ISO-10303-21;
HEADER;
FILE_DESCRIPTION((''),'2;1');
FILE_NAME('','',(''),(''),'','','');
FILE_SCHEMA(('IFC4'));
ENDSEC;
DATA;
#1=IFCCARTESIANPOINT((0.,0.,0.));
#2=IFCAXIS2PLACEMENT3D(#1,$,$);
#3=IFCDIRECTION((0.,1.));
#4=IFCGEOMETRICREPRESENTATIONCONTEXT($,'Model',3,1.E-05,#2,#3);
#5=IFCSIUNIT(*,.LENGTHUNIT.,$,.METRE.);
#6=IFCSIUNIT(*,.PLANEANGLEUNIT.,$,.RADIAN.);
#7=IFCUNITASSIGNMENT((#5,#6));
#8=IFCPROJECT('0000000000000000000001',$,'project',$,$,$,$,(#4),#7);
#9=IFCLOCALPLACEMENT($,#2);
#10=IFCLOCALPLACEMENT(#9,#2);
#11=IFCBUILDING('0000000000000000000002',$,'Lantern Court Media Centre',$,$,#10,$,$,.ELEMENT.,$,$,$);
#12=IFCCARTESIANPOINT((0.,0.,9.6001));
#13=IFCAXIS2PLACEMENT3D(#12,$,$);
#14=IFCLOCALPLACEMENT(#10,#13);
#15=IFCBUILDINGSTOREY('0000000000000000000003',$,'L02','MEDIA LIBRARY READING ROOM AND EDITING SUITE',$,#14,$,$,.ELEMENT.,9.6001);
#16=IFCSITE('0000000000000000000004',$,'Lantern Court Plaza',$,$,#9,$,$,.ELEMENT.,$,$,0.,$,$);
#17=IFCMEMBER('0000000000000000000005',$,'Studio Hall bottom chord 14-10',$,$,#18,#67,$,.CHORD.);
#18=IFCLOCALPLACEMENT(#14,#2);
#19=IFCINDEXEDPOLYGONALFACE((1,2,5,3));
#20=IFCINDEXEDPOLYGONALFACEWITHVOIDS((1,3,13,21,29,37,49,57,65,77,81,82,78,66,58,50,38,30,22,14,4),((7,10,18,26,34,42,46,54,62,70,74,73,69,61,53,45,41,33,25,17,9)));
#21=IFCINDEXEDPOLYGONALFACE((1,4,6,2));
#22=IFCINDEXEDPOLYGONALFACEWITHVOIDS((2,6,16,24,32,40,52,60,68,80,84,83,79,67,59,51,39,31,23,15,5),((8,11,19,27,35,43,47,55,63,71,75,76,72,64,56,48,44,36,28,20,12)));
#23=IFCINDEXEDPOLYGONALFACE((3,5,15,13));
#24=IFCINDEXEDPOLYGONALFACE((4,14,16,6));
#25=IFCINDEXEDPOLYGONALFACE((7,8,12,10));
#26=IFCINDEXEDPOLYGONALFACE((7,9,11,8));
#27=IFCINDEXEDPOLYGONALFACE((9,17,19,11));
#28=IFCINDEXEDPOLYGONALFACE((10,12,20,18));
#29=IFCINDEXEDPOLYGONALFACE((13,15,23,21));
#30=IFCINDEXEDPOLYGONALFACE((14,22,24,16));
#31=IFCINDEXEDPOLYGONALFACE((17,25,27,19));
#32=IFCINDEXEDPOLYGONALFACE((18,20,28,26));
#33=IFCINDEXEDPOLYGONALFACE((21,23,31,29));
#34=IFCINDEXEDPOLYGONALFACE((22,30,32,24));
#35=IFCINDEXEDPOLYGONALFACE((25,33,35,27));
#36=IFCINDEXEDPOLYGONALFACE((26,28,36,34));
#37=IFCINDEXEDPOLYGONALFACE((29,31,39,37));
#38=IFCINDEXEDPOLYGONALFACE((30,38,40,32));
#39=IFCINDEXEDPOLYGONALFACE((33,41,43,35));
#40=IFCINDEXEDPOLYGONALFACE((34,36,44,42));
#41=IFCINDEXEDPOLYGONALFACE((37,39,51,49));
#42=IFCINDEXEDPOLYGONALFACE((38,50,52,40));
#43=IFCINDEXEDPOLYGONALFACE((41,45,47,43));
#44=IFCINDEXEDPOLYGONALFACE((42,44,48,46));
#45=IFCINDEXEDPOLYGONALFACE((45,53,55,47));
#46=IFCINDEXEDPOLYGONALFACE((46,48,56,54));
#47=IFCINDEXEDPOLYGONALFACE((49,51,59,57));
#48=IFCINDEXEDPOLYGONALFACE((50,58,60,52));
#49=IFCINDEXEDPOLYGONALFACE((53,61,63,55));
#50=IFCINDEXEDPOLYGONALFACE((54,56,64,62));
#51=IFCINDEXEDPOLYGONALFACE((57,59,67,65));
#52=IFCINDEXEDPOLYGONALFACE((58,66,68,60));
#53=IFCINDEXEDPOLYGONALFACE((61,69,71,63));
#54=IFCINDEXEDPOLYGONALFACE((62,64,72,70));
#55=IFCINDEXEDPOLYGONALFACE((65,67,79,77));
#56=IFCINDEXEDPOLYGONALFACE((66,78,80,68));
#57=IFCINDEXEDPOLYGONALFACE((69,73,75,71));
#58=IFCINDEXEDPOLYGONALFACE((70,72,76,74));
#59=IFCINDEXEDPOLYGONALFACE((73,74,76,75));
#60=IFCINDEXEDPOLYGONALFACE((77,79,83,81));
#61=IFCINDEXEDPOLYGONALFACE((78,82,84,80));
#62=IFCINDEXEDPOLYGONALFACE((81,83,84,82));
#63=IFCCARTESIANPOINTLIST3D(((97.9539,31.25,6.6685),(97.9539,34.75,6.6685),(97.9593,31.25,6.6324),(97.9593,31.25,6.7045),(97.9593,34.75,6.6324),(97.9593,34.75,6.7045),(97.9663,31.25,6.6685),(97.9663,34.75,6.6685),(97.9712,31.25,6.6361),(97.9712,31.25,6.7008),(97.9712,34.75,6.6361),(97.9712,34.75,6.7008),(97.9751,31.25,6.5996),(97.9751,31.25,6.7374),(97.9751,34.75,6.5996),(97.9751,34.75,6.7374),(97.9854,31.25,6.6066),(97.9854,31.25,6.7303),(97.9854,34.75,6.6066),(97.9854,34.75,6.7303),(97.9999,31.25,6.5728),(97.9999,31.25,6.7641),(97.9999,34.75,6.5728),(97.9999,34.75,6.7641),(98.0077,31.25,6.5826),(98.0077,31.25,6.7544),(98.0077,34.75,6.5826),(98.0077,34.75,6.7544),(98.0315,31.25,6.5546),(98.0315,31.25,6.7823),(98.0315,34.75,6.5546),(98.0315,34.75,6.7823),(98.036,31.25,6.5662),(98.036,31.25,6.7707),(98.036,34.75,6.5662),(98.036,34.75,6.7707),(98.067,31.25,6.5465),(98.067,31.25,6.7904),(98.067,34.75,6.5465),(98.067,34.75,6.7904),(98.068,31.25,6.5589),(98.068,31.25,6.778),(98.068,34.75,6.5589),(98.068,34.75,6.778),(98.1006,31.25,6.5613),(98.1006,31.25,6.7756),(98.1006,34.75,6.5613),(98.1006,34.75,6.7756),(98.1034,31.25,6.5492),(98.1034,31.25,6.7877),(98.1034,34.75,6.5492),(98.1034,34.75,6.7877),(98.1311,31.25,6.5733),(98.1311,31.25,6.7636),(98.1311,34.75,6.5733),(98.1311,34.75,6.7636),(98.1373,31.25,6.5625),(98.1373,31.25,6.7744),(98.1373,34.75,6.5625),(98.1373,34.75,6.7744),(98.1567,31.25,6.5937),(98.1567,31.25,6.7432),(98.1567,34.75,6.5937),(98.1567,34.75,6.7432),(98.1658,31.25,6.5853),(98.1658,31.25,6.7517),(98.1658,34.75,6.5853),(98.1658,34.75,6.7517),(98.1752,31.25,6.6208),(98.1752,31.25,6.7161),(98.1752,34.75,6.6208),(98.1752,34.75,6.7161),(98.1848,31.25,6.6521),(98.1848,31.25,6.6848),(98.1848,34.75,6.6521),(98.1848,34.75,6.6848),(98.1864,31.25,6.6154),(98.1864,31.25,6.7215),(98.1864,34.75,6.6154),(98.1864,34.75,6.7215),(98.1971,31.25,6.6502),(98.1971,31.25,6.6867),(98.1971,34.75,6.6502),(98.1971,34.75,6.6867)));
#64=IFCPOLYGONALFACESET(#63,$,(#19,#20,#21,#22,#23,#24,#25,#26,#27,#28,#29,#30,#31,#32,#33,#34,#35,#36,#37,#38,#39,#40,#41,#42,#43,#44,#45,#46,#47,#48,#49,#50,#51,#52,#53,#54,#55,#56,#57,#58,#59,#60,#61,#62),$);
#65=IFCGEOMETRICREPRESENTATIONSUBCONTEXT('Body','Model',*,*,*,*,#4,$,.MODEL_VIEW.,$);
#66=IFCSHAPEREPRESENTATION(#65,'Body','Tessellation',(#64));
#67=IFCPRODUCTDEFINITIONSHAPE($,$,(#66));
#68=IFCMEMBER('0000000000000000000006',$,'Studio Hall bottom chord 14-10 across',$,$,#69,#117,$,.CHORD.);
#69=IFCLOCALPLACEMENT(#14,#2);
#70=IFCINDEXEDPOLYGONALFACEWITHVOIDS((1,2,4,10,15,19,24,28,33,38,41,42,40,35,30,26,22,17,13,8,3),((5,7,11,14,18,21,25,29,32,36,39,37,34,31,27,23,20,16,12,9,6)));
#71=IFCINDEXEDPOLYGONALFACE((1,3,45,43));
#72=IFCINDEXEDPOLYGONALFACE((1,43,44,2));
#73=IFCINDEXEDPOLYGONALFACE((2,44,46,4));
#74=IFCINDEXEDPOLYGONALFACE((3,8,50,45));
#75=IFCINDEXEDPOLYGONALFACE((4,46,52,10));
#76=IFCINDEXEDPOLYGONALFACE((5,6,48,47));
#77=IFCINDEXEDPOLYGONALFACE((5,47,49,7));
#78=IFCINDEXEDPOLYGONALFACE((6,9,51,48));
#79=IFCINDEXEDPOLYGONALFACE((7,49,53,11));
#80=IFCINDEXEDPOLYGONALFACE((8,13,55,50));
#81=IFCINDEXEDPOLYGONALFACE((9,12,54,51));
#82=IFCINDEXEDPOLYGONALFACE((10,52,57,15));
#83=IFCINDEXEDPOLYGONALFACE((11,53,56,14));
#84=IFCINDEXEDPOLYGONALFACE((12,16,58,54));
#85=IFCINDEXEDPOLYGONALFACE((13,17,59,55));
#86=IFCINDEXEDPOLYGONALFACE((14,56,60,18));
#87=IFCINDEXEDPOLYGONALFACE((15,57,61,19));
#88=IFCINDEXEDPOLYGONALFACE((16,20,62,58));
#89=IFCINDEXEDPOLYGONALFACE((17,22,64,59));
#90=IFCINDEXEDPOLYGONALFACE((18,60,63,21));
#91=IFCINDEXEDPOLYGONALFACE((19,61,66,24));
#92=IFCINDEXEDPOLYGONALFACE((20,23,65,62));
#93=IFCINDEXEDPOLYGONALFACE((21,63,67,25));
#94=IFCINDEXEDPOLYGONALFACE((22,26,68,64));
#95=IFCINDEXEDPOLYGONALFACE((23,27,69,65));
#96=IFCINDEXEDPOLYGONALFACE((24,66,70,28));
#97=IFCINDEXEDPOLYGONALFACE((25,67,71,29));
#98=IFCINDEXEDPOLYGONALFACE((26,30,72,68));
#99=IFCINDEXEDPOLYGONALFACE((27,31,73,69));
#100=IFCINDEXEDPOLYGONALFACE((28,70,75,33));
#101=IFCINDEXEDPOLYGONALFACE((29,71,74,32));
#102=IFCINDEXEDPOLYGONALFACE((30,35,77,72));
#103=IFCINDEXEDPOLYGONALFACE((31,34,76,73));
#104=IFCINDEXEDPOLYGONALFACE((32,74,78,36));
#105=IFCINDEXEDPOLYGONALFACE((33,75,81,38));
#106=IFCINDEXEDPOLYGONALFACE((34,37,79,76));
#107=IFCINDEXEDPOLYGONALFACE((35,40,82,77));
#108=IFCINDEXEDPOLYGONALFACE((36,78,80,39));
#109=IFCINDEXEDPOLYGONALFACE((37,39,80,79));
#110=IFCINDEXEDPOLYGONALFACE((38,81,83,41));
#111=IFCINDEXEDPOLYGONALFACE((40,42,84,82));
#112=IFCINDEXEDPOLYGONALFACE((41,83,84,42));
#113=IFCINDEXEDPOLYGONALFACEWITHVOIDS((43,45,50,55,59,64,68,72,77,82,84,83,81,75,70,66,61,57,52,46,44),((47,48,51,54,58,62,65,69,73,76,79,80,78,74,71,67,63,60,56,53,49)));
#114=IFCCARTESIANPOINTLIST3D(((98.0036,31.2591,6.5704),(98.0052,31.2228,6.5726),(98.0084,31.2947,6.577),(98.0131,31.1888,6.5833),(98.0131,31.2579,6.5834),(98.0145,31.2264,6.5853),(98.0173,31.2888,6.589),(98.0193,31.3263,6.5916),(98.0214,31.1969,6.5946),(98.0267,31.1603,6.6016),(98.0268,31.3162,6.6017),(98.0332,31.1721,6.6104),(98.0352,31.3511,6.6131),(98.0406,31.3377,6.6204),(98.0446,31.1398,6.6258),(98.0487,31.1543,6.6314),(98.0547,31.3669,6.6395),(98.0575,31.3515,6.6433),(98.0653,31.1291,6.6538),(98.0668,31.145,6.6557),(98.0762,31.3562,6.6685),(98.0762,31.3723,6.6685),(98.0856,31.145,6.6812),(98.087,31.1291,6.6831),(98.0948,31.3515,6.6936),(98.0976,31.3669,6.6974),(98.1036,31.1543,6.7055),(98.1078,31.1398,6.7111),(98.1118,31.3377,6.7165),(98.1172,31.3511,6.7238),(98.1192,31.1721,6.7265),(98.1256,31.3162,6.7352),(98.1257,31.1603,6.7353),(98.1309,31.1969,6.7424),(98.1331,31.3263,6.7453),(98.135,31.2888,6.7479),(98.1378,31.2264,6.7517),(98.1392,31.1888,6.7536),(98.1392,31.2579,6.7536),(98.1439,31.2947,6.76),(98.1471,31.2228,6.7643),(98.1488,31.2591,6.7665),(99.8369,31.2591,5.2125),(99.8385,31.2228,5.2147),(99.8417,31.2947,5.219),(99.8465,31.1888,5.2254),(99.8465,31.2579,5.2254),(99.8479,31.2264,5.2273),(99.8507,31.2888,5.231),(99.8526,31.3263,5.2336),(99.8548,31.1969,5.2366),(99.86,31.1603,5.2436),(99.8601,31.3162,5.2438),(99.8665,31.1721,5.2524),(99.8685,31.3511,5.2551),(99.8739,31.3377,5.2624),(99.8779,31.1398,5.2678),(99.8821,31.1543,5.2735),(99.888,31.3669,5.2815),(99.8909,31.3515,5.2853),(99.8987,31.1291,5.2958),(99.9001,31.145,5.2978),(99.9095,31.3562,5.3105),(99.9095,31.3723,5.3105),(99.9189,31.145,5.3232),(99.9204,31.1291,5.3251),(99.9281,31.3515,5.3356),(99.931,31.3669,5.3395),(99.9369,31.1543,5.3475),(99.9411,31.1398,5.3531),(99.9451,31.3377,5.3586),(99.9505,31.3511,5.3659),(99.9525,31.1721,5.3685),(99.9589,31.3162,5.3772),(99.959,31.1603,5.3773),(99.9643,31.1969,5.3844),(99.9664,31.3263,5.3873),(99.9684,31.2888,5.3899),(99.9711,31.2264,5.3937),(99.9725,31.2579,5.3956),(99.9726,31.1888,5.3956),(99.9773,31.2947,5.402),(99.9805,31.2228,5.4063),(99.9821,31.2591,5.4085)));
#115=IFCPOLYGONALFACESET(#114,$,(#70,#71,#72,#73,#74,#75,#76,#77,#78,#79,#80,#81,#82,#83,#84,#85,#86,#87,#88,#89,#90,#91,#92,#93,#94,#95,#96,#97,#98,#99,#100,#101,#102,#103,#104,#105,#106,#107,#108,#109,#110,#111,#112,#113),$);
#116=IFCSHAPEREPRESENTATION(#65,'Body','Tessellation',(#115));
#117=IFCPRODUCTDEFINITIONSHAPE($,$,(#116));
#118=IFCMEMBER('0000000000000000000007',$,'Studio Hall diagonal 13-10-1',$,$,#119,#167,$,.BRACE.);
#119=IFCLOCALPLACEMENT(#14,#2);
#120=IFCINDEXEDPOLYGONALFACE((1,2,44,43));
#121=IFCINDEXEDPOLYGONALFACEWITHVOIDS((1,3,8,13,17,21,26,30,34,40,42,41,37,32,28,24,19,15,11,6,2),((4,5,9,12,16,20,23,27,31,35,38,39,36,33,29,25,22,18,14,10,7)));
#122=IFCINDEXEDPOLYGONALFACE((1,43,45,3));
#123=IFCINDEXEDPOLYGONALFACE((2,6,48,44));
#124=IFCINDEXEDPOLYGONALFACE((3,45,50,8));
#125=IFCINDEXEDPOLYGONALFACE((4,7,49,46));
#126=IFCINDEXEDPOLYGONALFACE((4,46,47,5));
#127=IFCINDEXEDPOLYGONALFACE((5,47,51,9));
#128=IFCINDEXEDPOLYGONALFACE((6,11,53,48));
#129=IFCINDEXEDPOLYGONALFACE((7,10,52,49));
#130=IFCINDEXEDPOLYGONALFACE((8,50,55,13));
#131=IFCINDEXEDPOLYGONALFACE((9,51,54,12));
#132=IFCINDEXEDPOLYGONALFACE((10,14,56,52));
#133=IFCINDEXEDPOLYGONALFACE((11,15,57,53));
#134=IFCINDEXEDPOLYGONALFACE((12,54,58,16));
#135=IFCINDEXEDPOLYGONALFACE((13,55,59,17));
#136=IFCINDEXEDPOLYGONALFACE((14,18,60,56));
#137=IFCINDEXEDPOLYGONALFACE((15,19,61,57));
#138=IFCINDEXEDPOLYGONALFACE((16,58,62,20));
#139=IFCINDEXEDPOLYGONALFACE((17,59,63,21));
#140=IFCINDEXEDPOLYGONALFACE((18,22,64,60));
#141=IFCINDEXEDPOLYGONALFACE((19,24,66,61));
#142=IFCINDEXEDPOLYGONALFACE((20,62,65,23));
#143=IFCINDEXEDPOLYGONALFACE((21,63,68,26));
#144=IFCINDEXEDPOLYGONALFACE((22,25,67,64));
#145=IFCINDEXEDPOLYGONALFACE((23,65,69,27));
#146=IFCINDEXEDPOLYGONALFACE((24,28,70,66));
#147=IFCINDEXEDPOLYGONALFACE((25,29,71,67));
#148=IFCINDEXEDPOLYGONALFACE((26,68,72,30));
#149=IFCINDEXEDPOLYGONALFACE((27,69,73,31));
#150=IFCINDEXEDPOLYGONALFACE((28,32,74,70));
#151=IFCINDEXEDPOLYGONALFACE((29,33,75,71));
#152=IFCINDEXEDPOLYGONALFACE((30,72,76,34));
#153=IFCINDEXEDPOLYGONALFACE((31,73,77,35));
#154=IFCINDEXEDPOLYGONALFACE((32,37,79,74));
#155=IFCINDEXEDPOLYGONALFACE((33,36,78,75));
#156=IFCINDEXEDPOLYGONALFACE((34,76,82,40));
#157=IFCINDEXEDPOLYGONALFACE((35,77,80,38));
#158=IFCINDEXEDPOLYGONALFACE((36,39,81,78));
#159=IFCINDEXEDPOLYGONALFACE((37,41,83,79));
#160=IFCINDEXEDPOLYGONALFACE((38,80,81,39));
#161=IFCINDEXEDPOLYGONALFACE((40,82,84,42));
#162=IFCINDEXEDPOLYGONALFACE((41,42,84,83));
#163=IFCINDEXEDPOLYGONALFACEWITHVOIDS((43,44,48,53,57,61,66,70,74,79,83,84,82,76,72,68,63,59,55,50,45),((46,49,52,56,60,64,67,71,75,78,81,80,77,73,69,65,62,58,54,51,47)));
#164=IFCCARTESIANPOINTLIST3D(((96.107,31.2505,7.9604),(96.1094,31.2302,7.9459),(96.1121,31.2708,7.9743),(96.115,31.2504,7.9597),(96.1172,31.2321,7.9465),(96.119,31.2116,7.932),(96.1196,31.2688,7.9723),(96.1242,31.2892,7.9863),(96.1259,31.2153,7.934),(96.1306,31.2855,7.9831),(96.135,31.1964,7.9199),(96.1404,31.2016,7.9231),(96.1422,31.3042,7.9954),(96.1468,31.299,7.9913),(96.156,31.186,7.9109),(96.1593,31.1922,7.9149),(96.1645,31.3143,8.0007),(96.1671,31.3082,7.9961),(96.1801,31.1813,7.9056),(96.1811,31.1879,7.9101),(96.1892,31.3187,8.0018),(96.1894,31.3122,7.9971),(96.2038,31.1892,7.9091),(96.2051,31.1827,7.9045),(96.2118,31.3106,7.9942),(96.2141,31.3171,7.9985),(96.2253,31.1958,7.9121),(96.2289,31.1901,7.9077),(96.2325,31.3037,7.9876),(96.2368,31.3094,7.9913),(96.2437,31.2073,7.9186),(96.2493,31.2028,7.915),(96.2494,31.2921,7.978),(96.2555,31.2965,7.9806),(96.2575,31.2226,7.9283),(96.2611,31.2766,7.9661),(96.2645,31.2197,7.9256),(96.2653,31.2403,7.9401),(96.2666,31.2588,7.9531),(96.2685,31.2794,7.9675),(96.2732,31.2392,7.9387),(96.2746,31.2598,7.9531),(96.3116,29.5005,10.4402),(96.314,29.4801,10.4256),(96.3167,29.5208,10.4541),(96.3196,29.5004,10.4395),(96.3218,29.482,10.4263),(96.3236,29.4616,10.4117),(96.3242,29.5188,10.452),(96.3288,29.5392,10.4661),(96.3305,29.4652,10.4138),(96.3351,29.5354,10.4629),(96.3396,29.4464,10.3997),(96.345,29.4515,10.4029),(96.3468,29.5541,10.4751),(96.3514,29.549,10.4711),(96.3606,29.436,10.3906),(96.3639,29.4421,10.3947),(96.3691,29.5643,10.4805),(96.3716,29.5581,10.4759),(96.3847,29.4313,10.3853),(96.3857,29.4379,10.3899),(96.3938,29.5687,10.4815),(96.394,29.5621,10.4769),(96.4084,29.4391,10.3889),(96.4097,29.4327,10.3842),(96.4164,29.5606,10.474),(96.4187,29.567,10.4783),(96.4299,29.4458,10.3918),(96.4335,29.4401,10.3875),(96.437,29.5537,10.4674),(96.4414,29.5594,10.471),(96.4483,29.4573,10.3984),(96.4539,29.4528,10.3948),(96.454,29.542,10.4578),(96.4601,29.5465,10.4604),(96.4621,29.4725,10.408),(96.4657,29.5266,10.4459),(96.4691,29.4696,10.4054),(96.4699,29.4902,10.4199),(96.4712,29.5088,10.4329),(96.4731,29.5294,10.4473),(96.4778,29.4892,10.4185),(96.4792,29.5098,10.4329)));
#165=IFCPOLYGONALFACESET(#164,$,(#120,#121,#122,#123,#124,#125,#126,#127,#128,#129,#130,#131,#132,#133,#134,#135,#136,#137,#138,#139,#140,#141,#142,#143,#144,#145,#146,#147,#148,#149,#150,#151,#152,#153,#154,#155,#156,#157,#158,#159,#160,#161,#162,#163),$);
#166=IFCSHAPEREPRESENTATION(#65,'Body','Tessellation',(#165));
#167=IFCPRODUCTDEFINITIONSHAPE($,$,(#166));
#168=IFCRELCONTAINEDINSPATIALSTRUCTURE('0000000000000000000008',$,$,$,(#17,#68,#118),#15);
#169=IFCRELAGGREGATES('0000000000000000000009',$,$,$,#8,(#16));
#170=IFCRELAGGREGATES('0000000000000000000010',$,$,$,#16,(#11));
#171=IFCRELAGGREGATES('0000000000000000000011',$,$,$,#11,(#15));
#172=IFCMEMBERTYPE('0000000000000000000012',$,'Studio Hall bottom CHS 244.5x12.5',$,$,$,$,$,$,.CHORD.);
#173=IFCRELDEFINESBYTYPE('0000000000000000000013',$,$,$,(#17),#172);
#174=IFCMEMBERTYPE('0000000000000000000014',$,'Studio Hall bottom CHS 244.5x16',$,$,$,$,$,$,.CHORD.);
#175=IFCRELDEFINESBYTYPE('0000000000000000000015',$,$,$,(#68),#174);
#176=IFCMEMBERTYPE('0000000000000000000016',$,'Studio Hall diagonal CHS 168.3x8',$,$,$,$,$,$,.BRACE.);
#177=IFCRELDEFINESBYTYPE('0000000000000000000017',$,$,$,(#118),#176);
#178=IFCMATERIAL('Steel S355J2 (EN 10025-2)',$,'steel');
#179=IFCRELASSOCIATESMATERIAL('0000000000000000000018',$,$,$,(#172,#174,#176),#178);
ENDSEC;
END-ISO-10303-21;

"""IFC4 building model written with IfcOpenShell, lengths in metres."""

from ifc_helpers import new_model, si_unit, direction, frame, origin, origin_2d, place, context, subcontext, project, spatial, hollow_circle, extrude, material, material_profile, profile_set, type_object, element, save


model = new_model("IFC4")

# Units and contexts
model_context = context("Model", 3, precision=1e-05, world=origin(), true_north=direction((0.0, 1.0)))
body_context = subcontext(model_context, "Body", "Model", "MODEL_VIEW")
ifc_project = project(units=[si_unit("LENGTHUNIT", "METRE"), si_unit("PLANEANGLEUNIT", "RADIAN")], contexts=[model_context])

# Site, building, storey
site_placement = place(None, origin())
site = spatial("IfcSite", under=ifc_project, at=site_placement, Name="Lantern Court Plaza", CompositionType="ELEMENT", RefElevation=0.0)
building_placement = place(site_placement, origin())
building = spatial("IfcBuilding", under=site, at=building_placement, Name="Lantern Court Media Centre", CompositionType="ELEMENT")
storey_placement = place(building_placement, frame((0.0, 0.0, 9.6001)))
storey = spatial("IfcBuildingStorey", under=building, at=storey_placement, Name="L02", Description="MEDIA LIBRARY READING ROOM AND EDITING SUITE", CompositionType="ELEMENT", Elevation=9.6001)

# Members
ifc_material = material(Name="Steel S355J2 (EN 10025-2)", Category="steel")
ifc_material_profile_1 = material_profile(ifc_material, hollow_circle(Radius=0.1223, WallThickness=0.0125, at=origin_2d()), Name="Studio Hall bottom CHS 244.5x12.5")
ifc_profile_set_1 = profile_set([ifc_material_profile_1], Name="Steel S355J2 (EN 10025-2)")
member_type_1 = type_object("IfcMemberType", Name="Studio Hall bottom CHS 244.5x12.5", PredefinedType="CHORD", material=ifc_profile_set_1)
member_1_placement = place(storey_placement, frame((98.0762, 31.25, 6.6685), z_axis=(0.0, 1.0, 0.0), x_axis=(-1.0, 0.0, 0.0)))
element("IfcMember", 1, at=member_1_placement, inside=storey, type_object=member_type_1, Name="Studio Hall bottom chord 14-10", PredefinedType="CHORD", context=body_context, shape_type="SweptSolid", body=[
    extrude(hollow_circle(Radius=0.1223, WallThickness=0.0125, at=origin_2d()), origin(), (0.0, 0.0, 1.0), 3.5),
])
ifc_material_profile_2 = material_profile(ifc_material, hollow_circle(Radius=0.1223, WallThickness=0.0161, at=origin_2d()), Name="Studio Hall bottom CHS 244.5x16")
ifc_profile_set_2 = profile_set([ifc_material_profile_2], Name="Steel S355J2 (EN 10025-2)")
member_type_2 = type_object("IfcMemberType", Name="Studio Hall bottom CHS 244.5x16", PredefinedType="CHORD", material=ifc_profile_set_2)
member_2_placement = place(storey_placement, frame((98.0762, 31.25, 6.6685), z_axis=(0.803569, 0.0, -0.595212), x_axis=(0.0, 1.0, 0.0)))
element("IfcMember", 2, at=member_2_placement, inside=storey, type_object=member_type_2, Name="Studio Hall bottom chord 14-10 across", PredefinedType="CHORD", context=body_context, shape_type="SweptSolid", body=[
    extrude(hollow_circle(Radius=0.1223, WallThickness=0.0161, at=origin_2d()), origin(), (0.0, 0.0, 1.0), 2.2815),
])
ifc_material_profile_3 = material_profile(ifc_material, hollow_circle(Radius=0.0842, WallThickness=0.0081, at=origin_2d()), Name="Studio Hall diagonal CHS 168.3x8")
ifc_profile_set_3 = profile_set([ifc_material_profile_3], Name="Steel S355J2 (EN 10025-2)")
member_type_3 = type_object("IfcMemberType", Name="Studio Hall diagonal CHS 168.3x8", PredefinedType="BRACE", material=ifc_profile_set_3)
for number, where, z_axis, x_axis, name in (
    (3, (96.1909, 31.25, 7.9531), (0.067256, -0.575289, 0.81518), (0.993235, 0.116118, 0.0), "Studio Hall diagonal 13-10-1"),
):
    element("IfcMember", number, at=place(storey_placement, frame(where, z_axis=z_axis, x_axis=x_axis)), inside=storey, type_object=member_type_3, Name=name, PredefinedType="BRACE", context=body_context, shape_type="SweptSolid", body=[
        extrude(hollow_circle(Radius=0.0842, WallThickness=0.0081, at=origin_2d()), origin(), (0.0, 0.0, 1.0), 3.042),
    ])

save(model, "model.ifc")
